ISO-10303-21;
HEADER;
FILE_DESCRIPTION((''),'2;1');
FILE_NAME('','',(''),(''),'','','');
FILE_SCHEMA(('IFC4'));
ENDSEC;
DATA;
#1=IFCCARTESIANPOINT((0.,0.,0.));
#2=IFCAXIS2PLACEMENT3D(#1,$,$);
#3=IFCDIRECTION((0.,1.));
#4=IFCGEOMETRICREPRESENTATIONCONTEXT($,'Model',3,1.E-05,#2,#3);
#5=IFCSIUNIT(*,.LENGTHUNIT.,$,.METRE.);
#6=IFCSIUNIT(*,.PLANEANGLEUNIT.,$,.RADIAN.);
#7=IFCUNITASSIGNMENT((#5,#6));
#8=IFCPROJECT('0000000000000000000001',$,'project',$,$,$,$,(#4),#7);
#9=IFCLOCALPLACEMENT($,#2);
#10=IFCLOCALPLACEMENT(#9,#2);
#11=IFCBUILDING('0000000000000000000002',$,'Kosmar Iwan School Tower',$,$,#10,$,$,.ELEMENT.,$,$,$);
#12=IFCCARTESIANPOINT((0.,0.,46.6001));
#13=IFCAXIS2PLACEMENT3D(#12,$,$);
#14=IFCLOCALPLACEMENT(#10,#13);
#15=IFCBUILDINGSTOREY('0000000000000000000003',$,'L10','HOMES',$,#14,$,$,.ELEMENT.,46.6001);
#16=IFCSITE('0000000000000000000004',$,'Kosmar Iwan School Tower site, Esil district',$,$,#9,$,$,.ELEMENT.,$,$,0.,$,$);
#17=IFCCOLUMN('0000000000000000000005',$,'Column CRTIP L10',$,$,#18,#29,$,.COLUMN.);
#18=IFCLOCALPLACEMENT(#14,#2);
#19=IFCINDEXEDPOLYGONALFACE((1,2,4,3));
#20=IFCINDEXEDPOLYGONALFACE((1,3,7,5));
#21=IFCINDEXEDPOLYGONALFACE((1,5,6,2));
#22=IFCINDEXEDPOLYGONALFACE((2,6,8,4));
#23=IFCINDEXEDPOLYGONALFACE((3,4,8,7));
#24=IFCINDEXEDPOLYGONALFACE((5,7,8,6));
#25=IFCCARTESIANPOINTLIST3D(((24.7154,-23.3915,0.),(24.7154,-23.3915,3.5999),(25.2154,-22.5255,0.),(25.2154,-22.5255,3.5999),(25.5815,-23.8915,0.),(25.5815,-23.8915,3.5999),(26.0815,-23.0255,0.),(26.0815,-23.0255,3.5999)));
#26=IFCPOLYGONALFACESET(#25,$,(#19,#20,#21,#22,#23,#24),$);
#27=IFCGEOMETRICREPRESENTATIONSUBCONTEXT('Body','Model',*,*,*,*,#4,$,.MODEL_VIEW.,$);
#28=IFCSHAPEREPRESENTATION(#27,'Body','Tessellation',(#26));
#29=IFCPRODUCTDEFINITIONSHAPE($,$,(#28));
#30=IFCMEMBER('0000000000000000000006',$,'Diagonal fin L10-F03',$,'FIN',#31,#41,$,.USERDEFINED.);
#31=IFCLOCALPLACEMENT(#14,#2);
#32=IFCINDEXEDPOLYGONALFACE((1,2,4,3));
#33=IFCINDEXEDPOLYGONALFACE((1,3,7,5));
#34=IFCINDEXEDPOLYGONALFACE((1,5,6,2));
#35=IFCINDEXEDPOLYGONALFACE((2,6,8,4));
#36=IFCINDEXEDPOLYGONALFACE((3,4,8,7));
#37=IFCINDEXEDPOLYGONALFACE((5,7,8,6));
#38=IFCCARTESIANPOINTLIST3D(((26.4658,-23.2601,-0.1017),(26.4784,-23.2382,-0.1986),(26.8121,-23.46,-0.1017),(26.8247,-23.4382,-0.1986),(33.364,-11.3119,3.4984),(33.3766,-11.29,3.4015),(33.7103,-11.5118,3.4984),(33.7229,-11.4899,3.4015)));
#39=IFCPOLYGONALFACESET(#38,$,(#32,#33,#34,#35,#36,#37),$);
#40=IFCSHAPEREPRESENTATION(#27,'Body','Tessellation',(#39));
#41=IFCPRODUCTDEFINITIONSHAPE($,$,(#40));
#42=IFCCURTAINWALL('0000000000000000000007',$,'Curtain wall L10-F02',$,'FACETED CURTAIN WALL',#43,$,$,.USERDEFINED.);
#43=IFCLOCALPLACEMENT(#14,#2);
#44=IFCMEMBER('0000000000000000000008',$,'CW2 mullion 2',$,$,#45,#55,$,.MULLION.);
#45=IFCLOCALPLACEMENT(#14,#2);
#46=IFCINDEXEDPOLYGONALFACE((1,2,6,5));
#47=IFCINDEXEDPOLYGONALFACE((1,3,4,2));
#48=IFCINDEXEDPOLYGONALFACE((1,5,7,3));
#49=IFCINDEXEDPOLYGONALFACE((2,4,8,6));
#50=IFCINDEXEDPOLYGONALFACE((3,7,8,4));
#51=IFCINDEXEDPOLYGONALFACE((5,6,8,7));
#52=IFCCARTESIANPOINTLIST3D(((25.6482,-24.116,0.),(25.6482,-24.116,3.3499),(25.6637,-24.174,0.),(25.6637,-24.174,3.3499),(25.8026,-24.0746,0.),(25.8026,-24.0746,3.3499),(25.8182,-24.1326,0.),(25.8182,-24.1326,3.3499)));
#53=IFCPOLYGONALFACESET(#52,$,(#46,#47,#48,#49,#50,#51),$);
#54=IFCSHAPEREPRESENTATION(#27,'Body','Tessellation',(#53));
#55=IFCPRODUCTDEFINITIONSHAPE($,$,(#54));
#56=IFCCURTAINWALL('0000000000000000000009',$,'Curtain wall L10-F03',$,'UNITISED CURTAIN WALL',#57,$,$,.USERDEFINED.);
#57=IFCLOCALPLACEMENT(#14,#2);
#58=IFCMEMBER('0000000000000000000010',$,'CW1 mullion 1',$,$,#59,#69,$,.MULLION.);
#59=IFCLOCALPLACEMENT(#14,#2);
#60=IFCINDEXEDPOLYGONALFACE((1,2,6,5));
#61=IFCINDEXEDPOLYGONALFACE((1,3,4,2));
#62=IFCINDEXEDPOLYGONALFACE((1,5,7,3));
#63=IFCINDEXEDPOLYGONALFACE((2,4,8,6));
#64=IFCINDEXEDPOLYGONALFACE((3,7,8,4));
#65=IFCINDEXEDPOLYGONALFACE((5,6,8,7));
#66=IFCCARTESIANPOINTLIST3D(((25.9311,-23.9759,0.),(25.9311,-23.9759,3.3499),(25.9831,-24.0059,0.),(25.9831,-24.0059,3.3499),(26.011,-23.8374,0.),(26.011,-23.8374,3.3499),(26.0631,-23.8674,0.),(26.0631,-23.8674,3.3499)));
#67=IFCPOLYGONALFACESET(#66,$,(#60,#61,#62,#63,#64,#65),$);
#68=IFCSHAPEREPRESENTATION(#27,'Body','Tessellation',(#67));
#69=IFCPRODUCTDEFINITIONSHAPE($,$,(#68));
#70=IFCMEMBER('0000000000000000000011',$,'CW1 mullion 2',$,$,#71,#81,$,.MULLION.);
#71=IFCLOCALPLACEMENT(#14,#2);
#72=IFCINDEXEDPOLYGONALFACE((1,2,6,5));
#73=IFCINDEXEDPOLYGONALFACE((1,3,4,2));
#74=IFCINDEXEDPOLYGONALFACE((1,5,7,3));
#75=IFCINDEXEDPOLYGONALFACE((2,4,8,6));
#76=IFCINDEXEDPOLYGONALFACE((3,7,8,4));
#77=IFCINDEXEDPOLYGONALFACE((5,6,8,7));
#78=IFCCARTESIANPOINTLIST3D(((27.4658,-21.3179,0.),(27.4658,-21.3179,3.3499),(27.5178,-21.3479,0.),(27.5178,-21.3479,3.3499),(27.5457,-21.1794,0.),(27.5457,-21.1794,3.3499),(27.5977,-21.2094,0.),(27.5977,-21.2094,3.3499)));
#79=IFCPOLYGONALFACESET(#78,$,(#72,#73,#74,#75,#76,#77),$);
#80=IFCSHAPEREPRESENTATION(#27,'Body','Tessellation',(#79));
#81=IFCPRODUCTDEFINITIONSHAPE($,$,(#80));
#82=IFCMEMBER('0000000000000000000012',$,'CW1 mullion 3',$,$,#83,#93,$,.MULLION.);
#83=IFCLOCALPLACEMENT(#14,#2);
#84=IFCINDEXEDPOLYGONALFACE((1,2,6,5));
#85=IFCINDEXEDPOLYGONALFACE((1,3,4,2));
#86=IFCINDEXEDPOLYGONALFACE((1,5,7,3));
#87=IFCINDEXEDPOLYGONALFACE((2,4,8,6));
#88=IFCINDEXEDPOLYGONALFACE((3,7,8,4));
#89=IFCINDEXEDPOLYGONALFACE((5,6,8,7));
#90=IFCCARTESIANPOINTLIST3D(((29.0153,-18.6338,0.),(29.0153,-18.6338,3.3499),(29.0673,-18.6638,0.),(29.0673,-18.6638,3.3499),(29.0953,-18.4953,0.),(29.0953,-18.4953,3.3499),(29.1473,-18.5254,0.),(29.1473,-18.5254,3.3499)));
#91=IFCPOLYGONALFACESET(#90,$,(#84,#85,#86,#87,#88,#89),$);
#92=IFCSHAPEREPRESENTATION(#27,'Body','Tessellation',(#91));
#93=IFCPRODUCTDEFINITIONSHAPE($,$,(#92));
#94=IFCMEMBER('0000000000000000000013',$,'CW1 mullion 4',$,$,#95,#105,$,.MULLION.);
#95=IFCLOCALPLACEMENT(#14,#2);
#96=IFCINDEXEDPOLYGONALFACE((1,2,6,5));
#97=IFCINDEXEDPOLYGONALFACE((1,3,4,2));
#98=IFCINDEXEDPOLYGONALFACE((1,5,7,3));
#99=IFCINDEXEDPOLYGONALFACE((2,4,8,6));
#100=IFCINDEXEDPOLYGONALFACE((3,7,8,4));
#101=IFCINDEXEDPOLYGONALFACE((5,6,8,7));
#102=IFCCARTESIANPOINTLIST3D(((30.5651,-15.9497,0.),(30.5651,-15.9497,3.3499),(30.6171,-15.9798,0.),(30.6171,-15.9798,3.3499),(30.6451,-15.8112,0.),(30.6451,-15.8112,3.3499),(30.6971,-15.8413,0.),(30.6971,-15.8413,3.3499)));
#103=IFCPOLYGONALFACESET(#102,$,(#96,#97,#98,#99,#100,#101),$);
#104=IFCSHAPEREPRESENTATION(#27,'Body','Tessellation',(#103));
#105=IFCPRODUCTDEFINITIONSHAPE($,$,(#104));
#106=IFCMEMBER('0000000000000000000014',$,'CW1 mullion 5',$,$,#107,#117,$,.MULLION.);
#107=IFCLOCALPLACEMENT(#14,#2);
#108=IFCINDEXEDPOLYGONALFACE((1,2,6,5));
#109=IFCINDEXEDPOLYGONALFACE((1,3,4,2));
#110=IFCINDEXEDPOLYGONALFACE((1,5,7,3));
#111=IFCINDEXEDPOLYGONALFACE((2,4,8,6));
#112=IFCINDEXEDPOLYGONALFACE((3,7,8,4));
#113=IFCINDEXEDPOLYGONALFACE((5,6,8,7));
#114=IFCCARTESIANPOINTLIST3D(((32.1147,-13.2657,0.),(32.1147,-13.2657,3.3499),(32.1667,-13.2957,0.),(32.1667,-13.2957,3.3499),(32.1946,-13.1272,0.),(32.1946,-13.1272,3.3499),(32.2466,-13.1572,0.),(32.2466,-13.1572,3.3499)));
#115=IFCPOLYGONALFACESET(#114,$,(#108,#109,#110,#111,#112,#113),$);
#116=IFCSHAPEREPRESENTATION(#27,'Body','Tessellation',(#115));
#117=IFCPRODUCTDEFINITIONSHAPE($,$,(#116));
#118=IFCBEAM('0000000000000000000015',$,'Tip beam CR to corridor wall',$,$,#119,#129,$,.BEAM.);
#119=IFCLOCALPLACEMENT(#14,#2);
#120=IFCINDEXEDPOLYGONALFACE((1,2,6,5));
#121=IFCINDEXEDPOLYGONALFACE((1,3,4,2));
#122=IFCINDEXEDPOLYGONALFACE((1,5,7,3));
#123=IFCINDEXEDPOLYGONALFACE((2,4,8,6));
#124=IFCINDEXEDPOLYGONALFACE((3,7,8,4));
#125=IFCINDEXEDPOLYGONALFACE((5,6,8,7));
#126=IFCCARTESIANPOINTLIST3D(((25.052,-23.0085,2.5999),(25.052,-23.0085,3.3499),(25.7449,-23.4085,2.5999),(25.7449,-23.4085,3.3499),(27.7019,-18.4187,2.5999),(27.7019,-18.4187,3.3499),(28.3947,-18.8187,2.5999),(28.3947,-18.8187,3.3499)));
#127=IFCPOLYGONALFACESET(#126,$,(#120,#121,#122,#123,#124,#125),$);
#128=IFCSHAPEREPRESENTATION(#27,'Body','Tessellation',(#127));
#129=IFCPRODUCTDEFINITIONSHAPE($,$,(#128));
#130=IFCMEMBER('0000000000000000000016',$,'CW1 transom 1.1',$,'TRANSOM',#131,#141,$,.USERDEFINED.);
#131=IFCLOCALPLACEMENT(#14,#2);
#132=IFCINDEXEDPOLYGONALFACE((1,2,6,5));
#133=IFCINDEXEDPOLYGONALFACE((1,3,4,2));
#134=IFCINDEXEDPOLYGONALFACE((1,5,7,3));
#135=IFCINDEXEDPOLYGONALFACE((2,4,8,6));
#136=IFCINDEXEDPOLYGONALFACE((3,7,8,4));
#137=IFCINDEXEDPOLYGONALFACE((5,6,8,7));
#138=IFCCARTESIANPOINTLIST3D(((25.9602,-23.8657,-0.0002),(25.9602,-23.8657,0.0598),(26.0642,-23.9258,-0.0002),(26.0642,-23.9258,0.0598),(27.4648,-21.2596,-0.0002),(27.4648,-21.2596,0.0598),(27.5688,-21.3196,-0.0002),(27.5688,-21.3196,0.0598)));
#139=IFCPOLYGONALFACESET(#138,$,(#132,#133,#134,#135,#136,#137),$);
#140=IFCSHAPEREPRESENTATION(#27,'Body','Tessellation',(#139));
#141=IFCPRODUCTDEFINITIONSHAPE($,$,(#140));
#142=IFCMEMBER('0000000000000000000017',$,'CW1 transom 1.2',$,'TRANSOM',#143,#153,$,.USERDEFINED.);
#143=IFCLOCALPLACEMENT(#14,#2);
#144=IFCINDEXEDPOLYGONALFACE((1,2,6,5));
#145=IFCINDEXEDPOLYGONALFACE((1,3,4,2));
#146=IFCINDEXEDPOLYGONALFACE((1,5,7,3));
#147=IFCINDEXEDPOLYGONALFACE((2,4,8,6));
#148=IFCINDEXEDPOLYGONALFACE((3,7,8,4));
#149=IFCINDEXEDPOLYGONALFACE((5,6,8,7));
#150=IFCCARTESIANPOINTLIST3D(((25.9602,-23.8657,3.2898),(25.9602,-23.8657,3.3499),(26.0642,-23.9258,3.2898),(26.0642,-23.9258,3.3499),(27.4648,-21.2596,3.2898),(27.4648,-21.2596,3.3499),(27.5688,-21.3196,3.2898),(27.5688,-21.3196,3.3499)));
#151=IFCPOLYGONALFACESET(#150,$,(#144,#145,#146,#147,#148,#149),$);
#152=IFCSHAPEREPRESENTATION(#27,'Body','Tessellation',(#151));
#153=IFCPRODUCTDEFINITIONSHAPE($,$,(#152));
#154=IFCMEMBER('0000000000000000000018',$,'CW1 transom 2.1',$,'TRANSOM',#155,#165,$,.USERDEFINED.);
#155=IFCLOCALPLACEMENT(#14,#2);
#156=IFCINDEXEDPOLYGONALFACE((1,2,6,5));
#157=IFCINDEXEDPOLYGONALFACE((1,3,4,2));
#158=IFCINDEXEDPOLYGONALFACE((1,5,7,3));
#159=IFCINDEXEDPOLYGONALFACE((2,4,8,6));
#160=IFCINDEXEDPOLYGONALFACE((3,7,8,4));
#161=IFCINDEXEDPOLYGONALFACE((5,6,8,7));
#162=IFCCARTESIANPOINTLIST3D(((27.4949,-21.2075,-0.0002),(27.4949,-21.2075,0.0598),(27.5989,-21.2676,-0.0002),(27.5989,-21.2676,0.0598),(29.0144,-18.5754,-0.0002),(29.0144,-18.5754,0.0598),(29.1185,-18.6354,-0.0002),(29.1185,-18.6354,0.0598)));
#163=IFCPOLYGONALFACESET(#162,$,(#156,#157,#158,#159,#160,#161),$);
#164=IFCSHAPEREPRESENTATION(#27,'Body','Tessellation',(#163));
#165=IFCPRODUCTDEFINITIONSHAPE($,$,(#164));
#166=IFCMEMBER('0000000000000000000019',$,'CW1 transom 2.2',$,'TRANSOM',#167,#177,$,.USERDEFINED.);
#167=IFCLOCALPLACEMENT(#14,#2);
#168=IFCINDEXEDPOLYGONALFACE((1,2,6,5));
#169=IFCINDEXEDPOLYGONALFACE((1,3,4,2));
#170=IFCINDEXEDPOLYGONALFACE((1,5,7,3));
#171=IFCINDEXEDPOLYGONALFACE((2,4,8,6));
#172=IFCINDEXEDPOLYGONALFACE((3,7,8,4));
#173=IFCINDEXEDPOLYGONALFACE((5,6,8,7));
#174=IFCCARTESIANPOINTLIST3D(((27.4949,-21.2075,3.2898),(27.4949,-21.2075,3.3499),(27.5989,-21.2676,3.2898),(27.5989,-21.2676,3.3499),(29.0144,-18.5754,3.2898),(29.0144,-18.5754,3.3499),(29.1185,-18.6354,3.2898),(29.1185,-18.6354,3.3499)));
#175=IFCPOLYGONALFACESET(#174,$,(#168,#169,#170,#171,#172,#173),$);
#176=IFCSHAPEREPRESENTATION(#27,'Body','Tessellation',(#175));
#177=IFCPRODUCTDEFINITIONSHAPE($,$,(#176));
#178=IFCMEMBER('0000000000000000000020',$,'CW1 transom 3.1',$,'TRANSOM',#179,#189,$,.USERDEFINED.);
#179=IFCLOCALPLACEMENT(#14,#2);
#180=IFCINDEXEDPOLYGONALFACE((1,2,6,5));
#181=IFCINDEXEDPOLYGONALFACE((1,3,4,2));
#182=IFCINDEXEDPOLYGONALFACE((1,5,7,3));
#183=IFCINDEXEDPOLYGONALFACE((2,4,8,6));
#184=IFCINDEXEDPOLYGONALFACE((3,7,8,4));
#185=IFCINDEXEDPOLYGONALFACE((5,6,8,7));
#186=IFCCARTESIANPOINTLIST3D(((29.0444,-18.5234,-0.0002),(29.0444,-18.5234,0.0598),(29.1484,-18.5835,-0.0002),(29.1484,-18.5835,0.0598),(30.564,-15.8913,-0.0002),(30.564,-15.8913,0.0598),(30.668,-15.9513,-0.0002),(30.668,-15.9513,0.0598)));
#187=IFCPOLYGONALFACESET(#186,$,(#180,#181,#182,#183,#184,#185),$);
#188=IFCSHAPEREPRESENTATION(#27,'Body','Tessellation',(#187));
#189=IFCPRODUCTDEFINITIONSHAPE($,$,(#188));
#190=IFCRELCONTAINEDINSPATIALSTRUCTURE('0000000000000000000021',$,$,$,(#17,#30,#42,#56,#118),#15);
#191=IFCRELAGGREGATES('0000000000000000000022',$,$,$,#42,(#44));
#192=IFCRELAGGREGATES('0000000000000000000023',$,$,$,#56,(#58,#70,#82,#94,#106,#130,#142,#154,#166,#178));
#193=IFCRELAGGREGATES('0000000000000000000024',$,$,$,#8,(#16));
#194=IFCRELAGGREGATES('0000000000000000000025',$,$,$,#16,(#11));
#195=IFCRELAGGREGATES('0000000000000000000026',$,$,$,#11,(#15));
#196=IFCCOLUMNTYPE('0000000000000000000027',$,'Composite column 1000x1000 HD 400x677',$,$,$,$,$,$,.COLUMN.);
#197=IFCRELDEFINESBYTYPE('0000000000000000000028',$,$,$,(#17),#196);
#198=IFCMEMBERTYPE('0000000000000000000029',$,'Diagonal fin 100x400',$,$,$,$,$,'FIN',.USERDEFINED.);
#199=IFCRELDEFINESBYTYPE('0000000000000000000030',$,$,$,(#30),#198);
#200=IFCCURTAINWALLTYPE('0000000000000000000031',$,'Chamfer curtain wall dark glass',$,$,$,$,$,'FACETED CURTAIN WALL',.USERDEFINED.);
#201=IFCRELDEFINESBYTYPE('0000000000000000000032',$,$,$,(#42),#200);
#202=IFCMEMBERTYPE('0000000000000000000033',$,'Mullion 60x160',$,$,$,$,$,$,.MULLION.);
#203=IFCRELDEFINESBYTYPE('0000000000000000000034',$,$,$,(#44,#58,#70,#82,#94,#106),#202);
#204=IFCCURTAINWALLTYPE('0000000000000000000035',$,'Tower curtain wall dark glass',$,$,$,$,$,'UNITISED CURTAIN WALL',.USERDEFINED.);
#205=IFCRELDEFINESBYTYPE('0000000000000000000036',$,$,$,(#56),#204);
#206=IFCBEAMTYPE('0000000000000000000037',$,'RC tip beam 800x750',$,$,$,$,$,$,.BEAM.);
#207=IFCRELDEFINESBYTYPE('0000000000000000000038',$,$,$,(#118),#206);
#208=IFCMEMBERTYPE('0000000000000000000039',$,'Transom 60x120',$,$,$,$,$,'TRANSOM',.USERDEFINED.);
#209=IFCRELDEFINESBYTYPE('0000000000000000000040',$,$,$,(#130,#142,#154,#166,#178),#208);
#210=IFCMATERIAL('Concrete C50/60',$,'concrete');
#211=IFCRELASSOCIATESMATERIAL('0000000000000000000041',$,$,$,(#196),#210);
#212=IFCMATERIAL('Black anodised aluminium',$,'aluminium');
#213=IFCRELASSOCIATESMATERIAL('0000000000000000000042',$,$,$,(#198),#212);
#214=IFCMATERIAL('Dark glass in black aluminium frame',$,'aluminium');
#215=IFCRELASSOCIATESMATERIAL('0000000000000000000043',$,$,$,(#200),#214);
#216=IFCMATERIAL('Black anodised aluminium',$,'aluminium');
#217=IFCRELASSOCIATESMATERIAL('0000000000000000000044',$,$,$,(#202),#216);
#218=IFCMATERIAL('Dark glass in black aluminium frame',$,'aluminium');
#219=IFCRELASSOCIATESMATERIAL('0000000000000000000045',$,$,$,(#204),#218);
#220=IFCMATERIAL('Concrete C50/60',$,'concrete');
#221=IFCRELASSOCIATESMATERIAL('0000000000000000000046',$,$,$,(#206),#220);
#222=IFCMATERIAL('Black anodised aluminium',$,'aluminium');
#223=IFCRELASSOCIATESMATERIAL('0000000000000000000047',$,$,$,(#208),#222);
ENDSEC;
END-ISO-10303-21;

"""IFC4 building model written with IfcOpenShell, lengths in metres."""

from ifc_helpers import new_model, si_unit, direction, frame, origin, origin_2d, place, context, subcontext, project, spatial, rectangle, extrude, material, material_profile, profile_set, type_object, element, aggregate, save


model = new_model("IFC4")

# Units and contexts
model_context = context("Model", 3, precision=1e-05, world=origin(), true_north=direction((0.0, 1.0)))
body_context = subcontext(model_context, "Body", "Model", "MODEL_VIEW")
ifc_project = project(units=[si_unit("LENGTHUNIT", "METRE"), si_unit("PLANEANGLEUNIT", "RADIAN")], contexts=[model_context])

# Site, building, storey
site_placement = place(None, origin())
site = spatial("IfcSite", under=ifc_project, at=site_placement, Name="Kosmar Iwan School Tower site, Esil district", CompositionType="ELEMENT", RefElevation=0.0)
building_placement = place(site_placement, origin())
building = spatial("IfcBuilding", under=site, at=building_placement, Name="Kosmar Iwan School Tower", CompositionType="ELEMENT")
storey_placement = place(building_placement, frame((0.0, 0.0, 46.6001)))
storey = spatial("IfcBuildingStorey", under=building, at=storey_placement, Name="L10", Description="HOMES", CompositionType="ELEMENT", Elevation=46.6001)

# Column
ifc_material_1 = material(Name="Concrete C50/60", Category="concrete")
ifc_material_profile_1 = material_profile(ifc_material_1, rectangle(XDim=1.0, YDim=1.0, at=origin_2d()), Name="RC 1000x1000 + HD 400x677")
ifc_profile_set_1 = profile_set([ifc_material_profile_1], Name="Concrete C50/60")
column_type = type_object("IfcColumnType", Name="Composite column 1000x1000 HD 400x677", PredefinedType="COLUMN", material=ifc_profile_set_1)
column_placement = place(storey_placement, frame((25.3984, -23.2085, 0.0), z_axis=(0.0, 0.0, 1.0), x_axis=(0.866025, -0.5, 0.0)))
element("IfcColumn", 1, at=column_placement, inside=storey, type_object=column_type, Name="Column CRTIP L10", PredefinedType="COLUMN", context=body_context, shape_type="SweptSolid", body=[
    extrude(rectangle(XDim=1.0, YDim=1.0, at=origin_2d()), origin(), (0.0, 0.0, 1.0), 3.5999),
])

# Member
ifc_material_2 = material(Name="Black anodised aluminium", Category="aluminium")
ifc_material_profile_2 = material_profile(ifc_material_2, rectangle(XDim=0.1001, YDim=0.3999, at=origin_2d()), Name="FIN 100x400")
ifc_profile_set_2 = profile_set([ifc_material_profile_2], Name="Black anodised aluminium")
member_type_1 = type_object("IfcMemberType", Name="Diagonal fin 100x400", ElementType="FIN", PredefinedType="USERDEFINED", material=ifc_profile_set_2)
member_1_placement = place(storey_placement, frame((26.6453, -23.3491, -0.1501), z_axis=(0.483793, 0.83797, 0.252487), x_axis=(-0.126242, -0.218661, 0.9676)))
element("IfcMember", 2, at=member_1_placement, inside=storey, type_object=member_type_1, Name="Diagonal fin L10-F03", ObjectType="FIN", PredefinedType="USERDEFINED", context=body_context, shape_type="SweptSolid", body=[
    extrude(rectangle(XDim=0.1001, YDim=0.3999, at=origin_2d()), origin(), (0.0, 0.0, 1.0), 14.2585),
])

# Curtain wall, member
ifc_material_3 = material(Name="Dark glass in black aluminium frame", Category="aluminium")
curtain_wall_type_1 = type_object("IfcCurtainWallType", Name="Chamfer curtain wall dark glass", ElementType="FACETED CURTAIN WALL", PredefinedType="USERDEFINED", material=ifc_material_3)
curtain_wall_1_placement = place(storey_placement, origin())
curtain_wall_1 = element("IfcCurtainWall", 3, at=curtain_wall_1_placement, inside=storey, type_object=curtain_wall_type_1, Name="Curtain wall L10-F02", ObjectType="FACETED CURTAIN WALL", PredefinedType="USERDEFINED")
ifc_material_4 = material(Name="Black anodised aluminium", Category="aluminium")
ifc_material_profile_3 = material_profile(ifc_material_4, rectangle(XDim=0.0601, YDim=0.1599, at=origin_2d()), Name="MULLION 60x160")
ifc_profile_set_3 = profile_set([ifc_material_profile_3], Name="Black anodised aluminium")
member_type_2 = type_object("IfcMemberType", Name="Mullion 60x160", PredefinedType="MULLION", material=ifc_profile_set_3)
member_2_placement = place(storey_placement, frame((25.7332, -24.1243, 0.0), z_axis=(0.0, 0.0, 1.0), x_axis=(-0.258819, 0.965926, 0.0)))
member_2 = element("IfcMember", 4, at=member_2_placement, type_object=member_type_2, Name="CW2 mullion 2", PredefinedType="MULLION", context=body_context, shape_type="SweptSolid", body=[
    extrude(rectangle(XDim=0.0601, YDim=0.1599, at=origin_2d()), origin(), (0.0, 0.0, 1.0), 3.3499),
])

# Curtain wall, members
ifc_material_5 = material(Name="Dark glass in black aluminium frame", Category="aluminium")
curtain_wall_type_2 = type_object("IfcCurtainWallType", Name="Tower curtain wall dark glass", ElementType="UNITISED CURTAIN WALL", PredefinedType="USERDEFINED", material=ifc_material_5)
curtain_wall_2_placement = place(storey_placement, origin())
curtain_wall_2 = element("IfcCurtainWall", 5, at=curtain_wall_2_placement, inside=storey, type_object=curtain_wall_type_2, Name="Curtain wall L10-F03", ObjectType="UNITISED CURTAIN WALL", PredefinedType="USERDEFINED")
member_3_placement = place(storey_placement, frame((25.9971, -23.9216, 0.0), z_axis=(0.0, 0.0, 1.0), x_axis=(-0.866025, 0.5, 0.0)))
member_3 = element("IfcMember", 6, at=member_3_placement, type_object=member_type_2, Name="CW1 mullion 1", PredefinedType="MULLION", context=body_context, shape_type="SweptSolid", body=[
    extrude(rectangle(XDim=0.0601, YDim=0.1599, at=origin_2d()), origin(), (0.0, 0.0, 1.0), 3.3499),
])
member_4_placement = place(storey_placement, frame((27.5317, -21.2637, 0.0), z_axis=(0.0, 0.0, 1.0), x_axis=(-0.866025, 0.5, 0.0)))
member_4 = element("IfcMember", 7, at=member_4_placement, type_object=member_type_2, Name="CW1 mullion 2", PredefinedType="MULLION", context=body_context, shape_type="SweptSolid", body=[
    extrude(rectangle(XDim=0.0601, YDim=0.1599, at=origin_2d()), origin(), (0.0, 0.0, 1.0), 3.3499),
])
member_5_placement = place(storey_placement, frame((29.0813, -18.5796, 0.0), z_axis=(0.0, 0.0, 1.0), x_axis=(-0.866025, 0.5, 0.0)))
member_5 = element("IfcMember", 8, at=member_5_placement, type_object=member_type_2, Name="CW1 mullion 3", PredefinedType="MULLION", context=body_context, shape_type="SweptSolid", body=[
    extrude(rectangle(XDim=0.0601, YDim=0.1599, at=origin_2d()), origin(), (0.0, 0.0, 1.0), 3.3499),
])
member_6_placement = place(storey_placement, frame((30.6311, -15.8955, 0.0), z_axis=(0.0, 0.0, 1.0), x_axis=(-0.866025, 0.5, 0.0)))
member_6 = element("IfcMember", 9, at=member_6_placement, type_object=member_type_2, Name="CW1 mullion 4", PredefinedType="MULLION", context=body_context, shape_type="SweptSolid", body=[
    extrude(rectangle(XDim=0.0601, YDim=0.1599, at=origin_2d()), origin(), (0.0, 0.0, 1.0), 3.3499),
])
member_7_placement = place(storey_placement, frame((32.1807, -13.2114, 0.0), z_axis=(0.0, 0.0, 1.0), x_axis=(-0.866025, 0.5, 0.0)))
member_7 = element("IfcMember", 10, at=member_7_placement, type_object=member_type_2, Name="CW1 mullion 5", PredefinedType="MULLION", context=body_context, shape_type="SweptSolid", body=[
    extrude(rectangle(XDim=0.0601, YDim=0.1599, at=origin_2d()), origin(), (0.0, 0.0, 1.0), 3.3499),
])

# Beam
ifc_material_6 = material(Name="Concrete C50/60", Category="concrete")
ifc_material_profile_4 = material_profile(ifc_material_6, rectangle(XDim=0.8, YDim=0.75, at=origin_2d()), Name="RC 800x750")
ifc_profile_set_4 = profile_set([ifc_material_profile_4], Name="Concrete C50/60")
beam_type = type_object("IfcBeamType", Name="RC tip beam 800x750", PredefinedType="BEAM", material=ifc_profile_set_4)
beam_placement = place(storey_placement, frame((25.3984, -23.2085, 2.9749), z_axis=(0.499994, 0.866029, 0.0), x_axis=(-0.866029, 0.499994, 0.0)))
element("IfcBeam", 11, at=beam_placement, inside=storey, type_object=beam_type, Name="Tip beam CR to corridor wall", PredefinedType="BEAM", context=body_context, shape_type="SweptSolid", body=[
    extrude(rectangle(XDim=0.8, YDim=0.75, at=origin_2d()), origin(), (0.0, 0.0, 1.0), 5.2998),
])

# Members
ifc_material_7 = material(Name="Black anodised aluminium", Category="aluminium")
ifc_material_profile_5 = material_profile(ifc_material_7, rectangle(XDim=0.1201, YDim=0.0601, at=origin_2d()), Name="TRANSOM 60x120")
ifc_profile_set_5 = profile_set([ifc_material_profile_5], Name="Black anodised aluminium")
member_type_3 = type_object("IfcMemberType", Name="Transom 60x120", ElementType="TRANSOM", PredefinedType="USERDEFINED", material=ifc_profile_set_5)
member_8_placement = place(storey_placement, frame((26.0122, -23.8958, 0.0298), z_axis=(0.499987, 0.866033, 0.0), x_axis=(-0.866033, 0.499987, 0.0)))
member_8 = element("IfcMember", 12, at=member_8_placement, type_object=member_type_3, Name="CW1 transom 1.1", ObjectType="TRANSOM", PredefinedType="USERDEFINED", context=body_context, shape_type="SweptSolid", body=[
    extrude(rectangle(XDim=0.1201, YDim=0.0601, at=origin_2d()), origin(), (0.0, 0.0, 1.0), 3.0093),
])
member_9_placement = place(storey_placement, frame((26.0122, -23.8958, 3.3198), z_axis=(0.499987, 0.866033, 0.0), x_axis=(-0.866033, 0.499987, 0.0)))
member_9 = element("IfcMember", 13, at=member_9_placement, type_object=member_type_3, Name="CW1 transom 1.2", ObjectType="TRANSOM", PredefinedType="USERDEFINED", context=body_context, shape_type="SweptSolid", body=[
    extrude(rectangle(XDim=0.1201, YDim=0.0601, at=origin_2d()), origin(), (0.0, 0.0, 1.0), 3.0093),
])
member_10_placement = place(storey_placement, frame((27.5469, -21.2375, 0.0298), z_axis=(0.499975, 0.86604, 0.0), x_axis=(-0.86604, 0.499975, 0.0)))
member_10 = element("IfcMember", 14, at=member_10_placement, type_object=member_type_3, Name="CW1 transom 2.1", ObjectType="TRANSOM", PredefinedType="USERDEFINED", context=body_context, shape_type="SweptSolid", body=[
    extrude(rectangle(XDim=0.1201, YDim=0.0601, at=origin_2d()), origin(), (0.0, 0.0, 1.0), 3.0393),
])
member_11_placement = place(storey_placement, frame((27.5469, -21.2375, 3.3198), z_axis=(0.499975, 0.86604, 0.0), x_axis=(-0.86604, 0.499975, 0.0)))
member_11 = element("IfcMember", 15, at=member_11_placement, type_object=member_type_3, Name="CW1 transom 2.2", ObjectType="TRANSOM", PredefinedType="USERDEFINED", context=body_context, shape_type="SweptSolid", body=[
    extrude(rectangle(XDim=0.1201, YDim=0.0601, at=origin_2d()), origin(), (0.0, 0.0, 1.0), 3.0393),
])
member_12_placement = place(storey_placement, frame((29.0964, -18.5535, 0.0298), z_axis=(0.499975, 0.86604, 0.0), x_axis=(-0.86604, 0.499975, 0.0)))
member_12 = element("IfcMember", 16, at=member_12_placement, type_object=member_type_3, Name="CW1 transom 3.1", ObjectType="TRANSOM", PredefinedType="USERDEFINED", context=body_context, shape_type="SweptSolid", body=[
    extrude(rectangle(XDim=0.1201, YDim=0.0601, at=origin_2d()), origin(), (0.0, 0.0, 1.0), 3.0393),
])

aggregate(curtain_wall_1, [member_2])
aggregate(curtain_wall_2, [member_3, member_4, member_5, member_6, member_7, member_8, member_9, member_10, member_11, member_12])

save(model, "model.ifc")
